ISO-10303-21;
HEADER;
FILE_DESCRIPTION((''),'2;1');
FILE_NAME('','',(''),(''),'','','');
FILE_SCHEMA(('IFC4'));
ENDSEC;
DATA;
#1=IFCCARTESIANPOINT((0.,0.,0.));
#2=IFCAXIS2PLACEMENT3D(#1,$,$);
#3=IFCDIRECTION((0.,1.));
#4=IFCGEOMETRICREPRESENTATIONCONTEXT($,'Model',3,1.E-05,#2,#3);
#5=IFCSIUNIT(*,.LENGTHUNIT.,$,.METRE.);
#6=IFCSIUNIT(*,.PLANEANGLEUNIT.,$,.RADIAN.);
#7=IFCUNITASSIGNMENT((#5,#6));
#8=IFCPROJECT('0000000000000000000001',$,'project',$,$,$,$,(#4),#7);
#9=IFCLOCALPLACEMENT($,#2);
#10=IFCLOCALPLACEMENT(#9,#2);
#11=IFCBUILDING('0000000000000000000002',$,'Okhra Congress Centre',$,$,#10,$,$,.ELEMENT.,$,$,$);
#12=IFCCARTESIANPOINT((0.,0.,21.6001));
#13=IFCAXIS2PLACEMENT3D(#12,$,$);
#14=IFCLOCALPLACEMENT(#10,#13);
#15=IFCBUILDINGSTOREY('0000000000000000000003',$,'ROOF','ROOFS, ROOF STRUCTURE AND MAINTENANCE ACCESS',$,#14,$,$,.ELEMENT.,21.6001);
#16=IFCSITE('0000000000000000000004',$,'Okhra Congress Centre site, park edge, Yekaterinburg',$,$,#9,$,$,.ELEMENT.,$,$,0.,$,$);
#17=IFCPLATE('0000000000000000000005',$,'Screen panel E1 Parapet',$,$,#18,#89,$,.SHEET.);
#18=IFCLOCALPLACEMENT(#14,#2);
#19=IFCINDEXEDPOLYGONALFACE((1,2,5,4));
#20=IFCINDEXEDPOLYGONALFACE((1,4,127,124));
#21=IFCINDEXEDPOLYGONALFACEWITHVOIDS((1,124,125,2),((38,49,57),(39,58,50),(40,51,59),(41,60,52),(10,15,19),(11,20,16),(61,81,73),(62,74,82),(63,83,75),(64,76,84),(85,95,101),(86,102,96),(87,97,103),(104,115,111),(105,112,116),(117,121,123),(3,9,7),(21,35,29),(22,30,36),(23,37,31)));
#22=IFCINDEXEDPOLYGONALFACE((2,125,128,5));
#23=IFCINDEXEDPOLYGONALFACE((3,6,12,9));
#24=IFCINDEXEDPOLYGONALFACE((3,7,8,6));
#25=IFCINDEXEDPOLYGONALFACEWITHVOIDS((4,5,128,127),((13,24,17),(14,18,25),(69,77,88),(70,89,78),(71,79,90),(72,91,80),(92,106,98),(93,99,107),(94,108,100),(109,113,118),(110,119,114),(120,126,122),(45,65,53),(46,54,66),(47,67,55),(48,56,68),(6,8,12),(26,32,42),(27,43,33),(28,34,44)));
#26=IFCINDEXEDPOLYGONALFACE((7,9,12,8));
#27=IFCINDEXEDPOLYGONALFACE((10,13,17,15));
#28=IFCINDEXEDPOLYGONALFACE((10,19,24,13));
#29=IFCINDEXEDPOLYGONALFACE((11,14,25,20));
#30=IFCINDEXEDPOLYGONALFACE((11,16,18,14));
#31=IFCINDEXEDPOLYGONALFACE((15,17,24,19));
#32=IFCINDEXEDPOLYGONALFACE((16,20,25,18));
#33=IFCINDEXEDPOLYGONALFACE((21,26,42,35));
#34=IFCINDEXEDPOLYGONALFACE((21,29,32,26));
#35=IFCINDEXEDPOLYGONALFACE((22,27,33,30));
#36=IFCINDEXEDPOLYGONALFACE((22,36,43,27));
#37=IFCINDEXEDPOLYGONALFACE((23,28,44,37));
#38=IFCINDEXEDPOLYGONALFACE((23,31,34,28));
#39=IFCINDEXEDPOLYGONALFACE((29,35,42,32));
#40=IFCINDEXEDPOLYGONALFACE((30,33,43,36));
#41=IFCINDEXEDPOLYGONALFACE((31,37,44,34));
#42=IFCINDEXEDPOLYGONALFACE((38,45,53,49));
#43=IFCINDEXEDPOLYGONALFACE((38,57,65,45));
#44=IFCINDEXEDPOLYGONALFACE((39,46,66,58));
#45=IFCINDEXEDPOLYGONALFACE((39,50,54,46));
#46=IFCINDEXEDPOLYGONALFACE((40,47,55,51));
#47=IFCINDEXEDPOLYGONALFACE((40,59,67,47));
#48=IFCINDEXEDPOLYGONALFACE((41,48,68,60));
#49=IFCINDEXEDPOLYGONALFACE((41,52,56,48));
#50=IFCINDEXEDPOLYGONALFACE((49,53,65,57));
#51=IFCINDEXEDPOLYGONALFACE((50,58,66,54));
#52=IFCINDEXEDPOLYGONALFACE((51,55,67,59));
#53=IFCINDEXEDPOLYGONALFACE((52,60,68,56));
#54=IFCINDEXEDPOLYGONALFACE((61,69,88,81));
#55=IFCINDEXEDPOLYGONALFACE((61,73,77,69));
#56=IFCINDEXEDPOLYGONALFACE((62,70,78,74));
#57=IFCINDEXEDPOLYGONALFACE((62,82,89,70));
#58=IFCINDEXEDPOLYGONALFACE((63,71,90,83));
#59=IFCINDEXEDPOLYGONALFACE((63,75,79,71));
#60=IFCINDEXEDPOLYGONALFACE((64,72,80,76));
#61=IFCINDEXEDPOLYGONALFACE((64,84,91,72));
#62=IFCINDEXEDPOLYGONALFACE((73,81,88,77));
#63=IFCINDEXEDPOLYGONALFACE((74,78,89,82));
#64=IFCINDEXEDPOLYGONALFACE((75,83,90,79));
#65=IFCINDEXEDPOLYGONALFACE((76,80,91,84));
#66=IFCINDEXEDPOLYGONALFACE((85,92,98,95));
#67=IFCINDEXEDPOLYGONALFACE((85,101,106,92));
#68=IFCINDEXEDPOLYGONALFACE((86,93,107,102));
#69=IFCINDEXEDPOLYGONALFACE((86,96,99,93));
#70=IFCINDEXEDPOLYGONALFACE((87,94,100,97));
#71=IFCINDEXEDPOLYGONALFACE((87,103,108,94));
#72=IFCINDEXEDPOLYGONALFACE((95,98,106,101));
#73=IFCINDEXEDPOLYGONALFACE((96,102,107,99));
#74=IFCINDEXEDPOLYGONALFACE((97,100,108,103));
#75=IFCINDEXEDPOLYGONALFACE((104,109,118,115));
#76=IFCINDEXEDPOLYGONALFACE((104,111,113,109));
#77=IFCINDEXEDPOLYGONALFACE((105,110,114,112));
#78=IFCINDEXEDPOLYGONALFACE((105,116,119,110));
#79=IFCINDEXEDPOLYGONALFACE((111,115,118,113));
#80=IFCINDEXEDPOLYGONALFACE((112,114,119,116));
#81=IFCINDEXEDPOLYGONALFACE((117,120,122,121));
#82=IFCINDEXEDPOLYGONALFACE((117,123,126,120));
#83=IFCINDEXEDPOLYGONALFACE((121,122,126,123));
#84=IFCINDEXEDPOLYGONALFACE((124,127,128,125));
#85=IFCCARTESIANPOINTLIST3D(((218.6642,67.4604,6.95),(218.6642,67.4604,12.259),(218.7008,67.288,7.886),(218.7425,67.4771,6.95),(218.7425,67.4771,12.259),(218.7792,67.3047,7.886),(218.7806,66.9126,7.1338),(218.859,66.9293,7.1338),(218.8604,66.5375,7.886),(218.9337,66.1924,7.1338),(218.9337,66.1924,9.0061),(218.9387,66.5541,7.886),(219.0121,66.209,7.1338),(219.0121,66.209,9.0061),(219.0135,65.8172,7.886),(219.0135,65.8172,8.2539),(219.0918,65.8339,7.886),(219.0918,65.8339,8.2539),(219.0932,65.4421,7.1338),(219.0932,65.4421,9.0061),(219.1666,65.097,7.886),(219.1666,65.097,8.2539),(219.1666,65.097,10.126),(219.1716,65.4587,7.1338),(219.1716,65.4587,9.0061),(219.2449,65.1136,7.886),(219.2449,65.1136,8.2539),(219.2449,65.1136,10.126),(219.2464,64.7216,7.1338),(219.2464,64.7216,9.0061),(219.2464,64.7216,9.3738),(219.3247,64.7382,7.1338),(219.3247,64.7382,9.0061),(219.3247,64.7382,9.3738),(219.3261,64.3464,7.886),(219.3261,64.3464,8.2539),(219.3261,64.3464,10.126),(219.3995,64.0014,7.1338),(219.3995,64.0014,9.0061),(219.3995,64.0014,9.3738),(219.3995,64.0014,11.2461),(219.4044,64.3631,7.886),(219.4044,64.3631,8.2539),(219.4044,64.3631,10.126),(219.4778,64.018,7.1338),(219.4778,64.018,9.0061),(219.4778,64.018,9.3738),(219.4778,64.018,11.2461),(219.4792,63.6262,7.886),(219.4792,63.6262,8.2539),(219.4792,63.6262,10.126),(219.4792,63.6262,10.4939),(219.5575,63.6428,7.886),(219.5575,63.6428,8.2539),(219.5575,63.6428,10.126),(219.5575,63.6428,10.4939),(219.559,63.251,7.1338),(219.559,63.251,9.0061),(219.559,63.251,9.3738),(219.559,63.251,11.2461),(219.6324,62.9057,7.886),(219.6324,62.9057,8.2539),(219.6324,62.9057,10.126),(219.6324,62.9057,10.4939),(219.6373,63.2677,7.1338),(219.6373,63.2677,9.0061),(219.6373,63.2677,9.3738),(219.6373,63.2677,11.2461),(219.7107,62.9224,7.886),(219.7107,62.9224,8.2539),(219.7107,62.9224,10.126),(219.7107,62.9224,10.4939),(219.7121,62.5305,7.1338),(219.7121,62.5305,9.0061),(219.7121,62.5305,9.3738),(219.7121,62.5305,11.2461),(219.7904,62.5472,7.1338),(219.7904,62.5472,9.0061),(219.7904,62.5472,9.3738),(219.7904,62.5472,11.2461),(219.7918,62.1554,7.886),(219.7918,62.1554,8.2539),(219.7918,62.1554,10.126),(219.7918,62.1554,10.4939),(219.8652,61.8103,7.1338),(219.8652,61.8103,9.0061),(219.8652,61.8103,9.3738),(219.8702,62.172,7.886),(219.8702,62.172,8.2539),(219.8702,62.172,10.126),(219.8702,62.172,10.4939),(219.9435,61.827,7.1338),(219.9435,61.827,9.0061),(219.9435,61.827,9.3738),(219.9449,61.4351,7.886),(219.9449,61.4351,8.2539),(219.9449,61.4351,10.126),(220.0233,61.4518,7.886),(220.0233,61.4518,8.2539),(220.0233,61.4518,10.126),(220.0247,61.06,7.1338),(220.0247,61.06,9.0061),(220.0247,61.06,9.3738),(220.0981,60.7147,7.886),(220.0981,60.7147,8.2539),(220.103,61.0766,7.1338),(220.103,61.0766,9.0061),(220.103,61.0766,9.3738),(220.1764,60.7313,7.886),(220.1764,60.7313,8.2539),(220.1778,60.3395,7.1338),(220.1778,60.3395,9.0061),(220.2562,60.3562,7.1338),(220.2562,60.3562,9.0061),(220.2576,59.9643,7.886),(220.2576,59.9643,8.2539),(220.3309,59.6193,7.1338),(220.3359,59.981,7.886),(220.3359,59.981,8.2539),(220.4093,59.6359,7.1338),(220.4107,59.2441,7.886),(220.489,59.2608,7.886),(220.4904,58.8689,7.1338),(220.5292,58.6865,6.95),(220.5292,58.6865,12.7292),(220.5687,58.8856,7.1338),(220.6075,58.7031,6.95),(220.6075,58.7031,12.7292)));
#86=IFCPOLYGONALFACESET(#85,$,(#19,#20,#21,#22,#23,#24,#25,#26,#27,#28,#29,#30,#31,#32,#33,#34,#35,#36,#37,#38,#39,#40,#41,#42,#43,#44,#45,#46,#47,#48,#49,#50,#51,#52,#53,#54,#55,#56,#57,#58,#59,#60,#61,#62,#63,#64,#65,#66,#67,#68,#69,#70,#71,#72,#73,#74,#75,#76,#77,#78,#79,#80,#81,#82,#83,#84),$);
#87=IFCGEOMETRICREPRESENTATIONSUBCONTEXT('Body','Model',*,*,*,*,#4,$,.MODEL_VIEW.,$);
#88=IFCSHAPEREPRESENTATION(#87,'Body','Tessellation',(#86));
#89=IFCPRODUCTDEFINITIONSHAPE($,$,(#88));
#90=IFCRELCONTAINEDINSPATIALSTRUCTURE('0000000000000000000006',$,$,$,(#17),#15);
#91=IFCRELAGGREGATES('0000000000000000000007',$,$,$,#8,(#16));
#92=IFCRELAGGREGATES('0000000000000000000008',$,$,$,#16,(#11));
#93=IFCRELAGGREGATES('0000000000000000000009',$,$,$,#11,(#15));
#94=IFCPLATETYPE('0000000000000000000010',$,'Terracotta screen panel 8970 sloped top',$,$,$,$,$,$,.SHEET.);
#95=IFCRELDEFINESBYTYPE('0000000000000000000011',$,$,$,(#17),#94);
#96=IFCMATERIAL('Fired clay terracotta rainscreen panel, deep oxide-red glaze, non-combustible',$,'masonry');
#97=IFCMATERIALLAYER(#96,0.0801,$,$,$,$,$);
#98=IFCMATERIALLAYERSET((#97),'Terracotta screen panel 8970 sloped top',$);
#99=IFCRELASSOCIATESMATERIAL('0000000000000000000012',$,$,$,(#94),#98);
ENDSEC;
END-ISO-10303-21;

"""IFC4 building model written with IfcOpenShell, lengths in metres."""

from ifc_helpers import new_model, si_unit, direction, frame, origin, place, context, subcontext, project, spatial, polyline, outline, extrude, material, layer, layer_set, type_object, element, save


model = new_model("IFC4")

# Units and contexts
model_context = context("Model", 3, precision=1e-05, world=origin(), true_north=direction((0.0, 1.0)))
body_context = subcontext(model_context, "Body", "Model", "MODEL_VIEW")
ifc_project = project(units=[si_unit("LENGTHUNIT", "METRE"), si_unit("PLANEANGLEUNIT", "RADIAN")], contexts=[model_context])

# Site, building, storey
site_placement = place(None, origin())
site = spatial("IfcSite", under=ifc_project, at=site_placement, Name="Okhra Congress Centre site, park edge, Yekaterinburg", CompositionType="ELEMENT", RefElevation=0.0)
building_placement = place(site_placement, origin())
building = spatial("IfcBuilding", under=site, at=building_placement, Name="Okhra Congress Centre", CompositionType="ELEMENT")
storey_placement = place(building_placement, frame((0.0, 0.0, 21.6001)))
storey = spatial("IfcBuildingStorey", under=building, at=storey_placement, Name="ROOF", Description="ROOFS, ROOF STRUCTURE AND MAINTENANCE ACCESS", CompositionType="ELEMENT", Elevation=21.6001)

# Plate
ifc_material_1 = material(Name="Fired clay terracotta rainscreen panel, deep oxide-red glaze, non-combustible", Category="masonry")
ifc_layer_1 = layer(ifc_material_1, 0.0801)
ifc_layer_set_1 = layer_set([ifc_layer_1], Name="Terracotta screen panel 8970 sloped top")
plate_type_1 = type_object("IfcPlateType", Name="Terracotta screen panel 8970 sloped top", PredefinedType="SHEET", material=ifc_layer_set_1)
plate_1_placement = place(storey_placement, frame((220.5684, 58.6948, 6.95), z_axis=(0.0, 0.0, 1.0), x_axis=(-0.207915, 0.978147, 0.0)))
element("IfcPlate", 1, at=plate_1_placement, inside=storey, type_object=plate_type_1, Name="Screen panel E1 Parapet", PredefinedType="SHEET", context=body_context, shape_type="SweptSolid", body=[
    extrude(outline(polyline([(0.0, 0.0), (8.97, 0.0), (8.97, 5.3091), (0.0, 5.7793), (0.0, 0.0)]), holes=[polyline([(0.1865, 0.1838), (0.9536, 0.1838), (0.5701, 0.936), (0.1865, 0.1838)]), polyline([(1.3064, 0.936), (1.6899, 0.1838), (2.0735, 0.936), (1.3064, 0.936)]), polyline([(2.4265, 0.1838), (3.1936, 0.1838), (2.8101, 0.936), (2.4265, 0.1838)]), polyline([(3.5464, 0.936), (3.9299, 0.1838), (4.3135, 0.936), (3.5464, 0.936)]), polyline([(4.6665, 0.1838), (5.4336, 0.1838), (5.05, 0.936), (4.6665, 0.1838)]), polyline([(5.7864, 0.936), (6.1699, 0.1838), (6.5537, 0.936), (5.7864, 0.936)]), polyline([(6.9065, 0.1838), (7.6736, 0.1838), (7.29, 0.936), (6.9065, 0.1838)]), polyline([(8.0264, 0.936), (8.4099, 0.1838), (8.7937, 0.936), (8.0264, 0.936)]), polyline([(1.3064, 1.304), (2.0735, 1.304), (1.6899, 2.0562), (1.3064, 1.304)]), polyline([(2.4265, 2.0562), (2.8101, 1.304), (3.1936, 2.0562), (2.4265, 2.0562)]), polyline([(3.5464, 1.304), (4.3135, 1.304), (3.9299, 2.0562), (3.5464, 1.304)]), polyline([(4.6665, 2.0562), (5.05, 1.304), (5.4336, 2.0562), (4.6665, 2.0562)]), polyline([(5.7864, 1.304), (6.5537, 1.304), (6.1699, 2.0562), (5.7864, 1.304)]), polyline([(6.9065, 2.0562), (7.29, 1.304), (7.6736, 2.0562), (6.9065, 2.0562)]), polyline([(2.4265, 2.4238), (3.1936, 2.4238), (2.8101, 3.176), (2.4265, 2.4238)]), polyline([(3.5464, 3.176), (3.9299, 2.4238), (4.3135, 3.176), (3.5464, 3.176)]), polyline([(4.6665, 2.4238), (5.4336, 2.4238), (5.05, 3.176), (4.6665, 2.4238)]), polyline([(5.7864, 3.176), (6.1699, 2.4238), (6.5537, 3.176), (5.7864, 3.176)]), polyline([(3.5464, 3.5439), (4.3135, 3.5439), (3.9299, 4.2961), (3.5464, 3.5439)]), polyline([(4.6665, 4.2961), (5.05, 3.5439), (5.4336, 4.2961), (4.6665, 4.2961)])]), frame((0.0, 0.04, 0.0), z_axis=(0.0, -1.0, 0.0), x_axis=(1.0, 0.0, 0.0)), (0.0, 0.0, 1.0), 0.0801),
])

save(model, "model.ifc")
